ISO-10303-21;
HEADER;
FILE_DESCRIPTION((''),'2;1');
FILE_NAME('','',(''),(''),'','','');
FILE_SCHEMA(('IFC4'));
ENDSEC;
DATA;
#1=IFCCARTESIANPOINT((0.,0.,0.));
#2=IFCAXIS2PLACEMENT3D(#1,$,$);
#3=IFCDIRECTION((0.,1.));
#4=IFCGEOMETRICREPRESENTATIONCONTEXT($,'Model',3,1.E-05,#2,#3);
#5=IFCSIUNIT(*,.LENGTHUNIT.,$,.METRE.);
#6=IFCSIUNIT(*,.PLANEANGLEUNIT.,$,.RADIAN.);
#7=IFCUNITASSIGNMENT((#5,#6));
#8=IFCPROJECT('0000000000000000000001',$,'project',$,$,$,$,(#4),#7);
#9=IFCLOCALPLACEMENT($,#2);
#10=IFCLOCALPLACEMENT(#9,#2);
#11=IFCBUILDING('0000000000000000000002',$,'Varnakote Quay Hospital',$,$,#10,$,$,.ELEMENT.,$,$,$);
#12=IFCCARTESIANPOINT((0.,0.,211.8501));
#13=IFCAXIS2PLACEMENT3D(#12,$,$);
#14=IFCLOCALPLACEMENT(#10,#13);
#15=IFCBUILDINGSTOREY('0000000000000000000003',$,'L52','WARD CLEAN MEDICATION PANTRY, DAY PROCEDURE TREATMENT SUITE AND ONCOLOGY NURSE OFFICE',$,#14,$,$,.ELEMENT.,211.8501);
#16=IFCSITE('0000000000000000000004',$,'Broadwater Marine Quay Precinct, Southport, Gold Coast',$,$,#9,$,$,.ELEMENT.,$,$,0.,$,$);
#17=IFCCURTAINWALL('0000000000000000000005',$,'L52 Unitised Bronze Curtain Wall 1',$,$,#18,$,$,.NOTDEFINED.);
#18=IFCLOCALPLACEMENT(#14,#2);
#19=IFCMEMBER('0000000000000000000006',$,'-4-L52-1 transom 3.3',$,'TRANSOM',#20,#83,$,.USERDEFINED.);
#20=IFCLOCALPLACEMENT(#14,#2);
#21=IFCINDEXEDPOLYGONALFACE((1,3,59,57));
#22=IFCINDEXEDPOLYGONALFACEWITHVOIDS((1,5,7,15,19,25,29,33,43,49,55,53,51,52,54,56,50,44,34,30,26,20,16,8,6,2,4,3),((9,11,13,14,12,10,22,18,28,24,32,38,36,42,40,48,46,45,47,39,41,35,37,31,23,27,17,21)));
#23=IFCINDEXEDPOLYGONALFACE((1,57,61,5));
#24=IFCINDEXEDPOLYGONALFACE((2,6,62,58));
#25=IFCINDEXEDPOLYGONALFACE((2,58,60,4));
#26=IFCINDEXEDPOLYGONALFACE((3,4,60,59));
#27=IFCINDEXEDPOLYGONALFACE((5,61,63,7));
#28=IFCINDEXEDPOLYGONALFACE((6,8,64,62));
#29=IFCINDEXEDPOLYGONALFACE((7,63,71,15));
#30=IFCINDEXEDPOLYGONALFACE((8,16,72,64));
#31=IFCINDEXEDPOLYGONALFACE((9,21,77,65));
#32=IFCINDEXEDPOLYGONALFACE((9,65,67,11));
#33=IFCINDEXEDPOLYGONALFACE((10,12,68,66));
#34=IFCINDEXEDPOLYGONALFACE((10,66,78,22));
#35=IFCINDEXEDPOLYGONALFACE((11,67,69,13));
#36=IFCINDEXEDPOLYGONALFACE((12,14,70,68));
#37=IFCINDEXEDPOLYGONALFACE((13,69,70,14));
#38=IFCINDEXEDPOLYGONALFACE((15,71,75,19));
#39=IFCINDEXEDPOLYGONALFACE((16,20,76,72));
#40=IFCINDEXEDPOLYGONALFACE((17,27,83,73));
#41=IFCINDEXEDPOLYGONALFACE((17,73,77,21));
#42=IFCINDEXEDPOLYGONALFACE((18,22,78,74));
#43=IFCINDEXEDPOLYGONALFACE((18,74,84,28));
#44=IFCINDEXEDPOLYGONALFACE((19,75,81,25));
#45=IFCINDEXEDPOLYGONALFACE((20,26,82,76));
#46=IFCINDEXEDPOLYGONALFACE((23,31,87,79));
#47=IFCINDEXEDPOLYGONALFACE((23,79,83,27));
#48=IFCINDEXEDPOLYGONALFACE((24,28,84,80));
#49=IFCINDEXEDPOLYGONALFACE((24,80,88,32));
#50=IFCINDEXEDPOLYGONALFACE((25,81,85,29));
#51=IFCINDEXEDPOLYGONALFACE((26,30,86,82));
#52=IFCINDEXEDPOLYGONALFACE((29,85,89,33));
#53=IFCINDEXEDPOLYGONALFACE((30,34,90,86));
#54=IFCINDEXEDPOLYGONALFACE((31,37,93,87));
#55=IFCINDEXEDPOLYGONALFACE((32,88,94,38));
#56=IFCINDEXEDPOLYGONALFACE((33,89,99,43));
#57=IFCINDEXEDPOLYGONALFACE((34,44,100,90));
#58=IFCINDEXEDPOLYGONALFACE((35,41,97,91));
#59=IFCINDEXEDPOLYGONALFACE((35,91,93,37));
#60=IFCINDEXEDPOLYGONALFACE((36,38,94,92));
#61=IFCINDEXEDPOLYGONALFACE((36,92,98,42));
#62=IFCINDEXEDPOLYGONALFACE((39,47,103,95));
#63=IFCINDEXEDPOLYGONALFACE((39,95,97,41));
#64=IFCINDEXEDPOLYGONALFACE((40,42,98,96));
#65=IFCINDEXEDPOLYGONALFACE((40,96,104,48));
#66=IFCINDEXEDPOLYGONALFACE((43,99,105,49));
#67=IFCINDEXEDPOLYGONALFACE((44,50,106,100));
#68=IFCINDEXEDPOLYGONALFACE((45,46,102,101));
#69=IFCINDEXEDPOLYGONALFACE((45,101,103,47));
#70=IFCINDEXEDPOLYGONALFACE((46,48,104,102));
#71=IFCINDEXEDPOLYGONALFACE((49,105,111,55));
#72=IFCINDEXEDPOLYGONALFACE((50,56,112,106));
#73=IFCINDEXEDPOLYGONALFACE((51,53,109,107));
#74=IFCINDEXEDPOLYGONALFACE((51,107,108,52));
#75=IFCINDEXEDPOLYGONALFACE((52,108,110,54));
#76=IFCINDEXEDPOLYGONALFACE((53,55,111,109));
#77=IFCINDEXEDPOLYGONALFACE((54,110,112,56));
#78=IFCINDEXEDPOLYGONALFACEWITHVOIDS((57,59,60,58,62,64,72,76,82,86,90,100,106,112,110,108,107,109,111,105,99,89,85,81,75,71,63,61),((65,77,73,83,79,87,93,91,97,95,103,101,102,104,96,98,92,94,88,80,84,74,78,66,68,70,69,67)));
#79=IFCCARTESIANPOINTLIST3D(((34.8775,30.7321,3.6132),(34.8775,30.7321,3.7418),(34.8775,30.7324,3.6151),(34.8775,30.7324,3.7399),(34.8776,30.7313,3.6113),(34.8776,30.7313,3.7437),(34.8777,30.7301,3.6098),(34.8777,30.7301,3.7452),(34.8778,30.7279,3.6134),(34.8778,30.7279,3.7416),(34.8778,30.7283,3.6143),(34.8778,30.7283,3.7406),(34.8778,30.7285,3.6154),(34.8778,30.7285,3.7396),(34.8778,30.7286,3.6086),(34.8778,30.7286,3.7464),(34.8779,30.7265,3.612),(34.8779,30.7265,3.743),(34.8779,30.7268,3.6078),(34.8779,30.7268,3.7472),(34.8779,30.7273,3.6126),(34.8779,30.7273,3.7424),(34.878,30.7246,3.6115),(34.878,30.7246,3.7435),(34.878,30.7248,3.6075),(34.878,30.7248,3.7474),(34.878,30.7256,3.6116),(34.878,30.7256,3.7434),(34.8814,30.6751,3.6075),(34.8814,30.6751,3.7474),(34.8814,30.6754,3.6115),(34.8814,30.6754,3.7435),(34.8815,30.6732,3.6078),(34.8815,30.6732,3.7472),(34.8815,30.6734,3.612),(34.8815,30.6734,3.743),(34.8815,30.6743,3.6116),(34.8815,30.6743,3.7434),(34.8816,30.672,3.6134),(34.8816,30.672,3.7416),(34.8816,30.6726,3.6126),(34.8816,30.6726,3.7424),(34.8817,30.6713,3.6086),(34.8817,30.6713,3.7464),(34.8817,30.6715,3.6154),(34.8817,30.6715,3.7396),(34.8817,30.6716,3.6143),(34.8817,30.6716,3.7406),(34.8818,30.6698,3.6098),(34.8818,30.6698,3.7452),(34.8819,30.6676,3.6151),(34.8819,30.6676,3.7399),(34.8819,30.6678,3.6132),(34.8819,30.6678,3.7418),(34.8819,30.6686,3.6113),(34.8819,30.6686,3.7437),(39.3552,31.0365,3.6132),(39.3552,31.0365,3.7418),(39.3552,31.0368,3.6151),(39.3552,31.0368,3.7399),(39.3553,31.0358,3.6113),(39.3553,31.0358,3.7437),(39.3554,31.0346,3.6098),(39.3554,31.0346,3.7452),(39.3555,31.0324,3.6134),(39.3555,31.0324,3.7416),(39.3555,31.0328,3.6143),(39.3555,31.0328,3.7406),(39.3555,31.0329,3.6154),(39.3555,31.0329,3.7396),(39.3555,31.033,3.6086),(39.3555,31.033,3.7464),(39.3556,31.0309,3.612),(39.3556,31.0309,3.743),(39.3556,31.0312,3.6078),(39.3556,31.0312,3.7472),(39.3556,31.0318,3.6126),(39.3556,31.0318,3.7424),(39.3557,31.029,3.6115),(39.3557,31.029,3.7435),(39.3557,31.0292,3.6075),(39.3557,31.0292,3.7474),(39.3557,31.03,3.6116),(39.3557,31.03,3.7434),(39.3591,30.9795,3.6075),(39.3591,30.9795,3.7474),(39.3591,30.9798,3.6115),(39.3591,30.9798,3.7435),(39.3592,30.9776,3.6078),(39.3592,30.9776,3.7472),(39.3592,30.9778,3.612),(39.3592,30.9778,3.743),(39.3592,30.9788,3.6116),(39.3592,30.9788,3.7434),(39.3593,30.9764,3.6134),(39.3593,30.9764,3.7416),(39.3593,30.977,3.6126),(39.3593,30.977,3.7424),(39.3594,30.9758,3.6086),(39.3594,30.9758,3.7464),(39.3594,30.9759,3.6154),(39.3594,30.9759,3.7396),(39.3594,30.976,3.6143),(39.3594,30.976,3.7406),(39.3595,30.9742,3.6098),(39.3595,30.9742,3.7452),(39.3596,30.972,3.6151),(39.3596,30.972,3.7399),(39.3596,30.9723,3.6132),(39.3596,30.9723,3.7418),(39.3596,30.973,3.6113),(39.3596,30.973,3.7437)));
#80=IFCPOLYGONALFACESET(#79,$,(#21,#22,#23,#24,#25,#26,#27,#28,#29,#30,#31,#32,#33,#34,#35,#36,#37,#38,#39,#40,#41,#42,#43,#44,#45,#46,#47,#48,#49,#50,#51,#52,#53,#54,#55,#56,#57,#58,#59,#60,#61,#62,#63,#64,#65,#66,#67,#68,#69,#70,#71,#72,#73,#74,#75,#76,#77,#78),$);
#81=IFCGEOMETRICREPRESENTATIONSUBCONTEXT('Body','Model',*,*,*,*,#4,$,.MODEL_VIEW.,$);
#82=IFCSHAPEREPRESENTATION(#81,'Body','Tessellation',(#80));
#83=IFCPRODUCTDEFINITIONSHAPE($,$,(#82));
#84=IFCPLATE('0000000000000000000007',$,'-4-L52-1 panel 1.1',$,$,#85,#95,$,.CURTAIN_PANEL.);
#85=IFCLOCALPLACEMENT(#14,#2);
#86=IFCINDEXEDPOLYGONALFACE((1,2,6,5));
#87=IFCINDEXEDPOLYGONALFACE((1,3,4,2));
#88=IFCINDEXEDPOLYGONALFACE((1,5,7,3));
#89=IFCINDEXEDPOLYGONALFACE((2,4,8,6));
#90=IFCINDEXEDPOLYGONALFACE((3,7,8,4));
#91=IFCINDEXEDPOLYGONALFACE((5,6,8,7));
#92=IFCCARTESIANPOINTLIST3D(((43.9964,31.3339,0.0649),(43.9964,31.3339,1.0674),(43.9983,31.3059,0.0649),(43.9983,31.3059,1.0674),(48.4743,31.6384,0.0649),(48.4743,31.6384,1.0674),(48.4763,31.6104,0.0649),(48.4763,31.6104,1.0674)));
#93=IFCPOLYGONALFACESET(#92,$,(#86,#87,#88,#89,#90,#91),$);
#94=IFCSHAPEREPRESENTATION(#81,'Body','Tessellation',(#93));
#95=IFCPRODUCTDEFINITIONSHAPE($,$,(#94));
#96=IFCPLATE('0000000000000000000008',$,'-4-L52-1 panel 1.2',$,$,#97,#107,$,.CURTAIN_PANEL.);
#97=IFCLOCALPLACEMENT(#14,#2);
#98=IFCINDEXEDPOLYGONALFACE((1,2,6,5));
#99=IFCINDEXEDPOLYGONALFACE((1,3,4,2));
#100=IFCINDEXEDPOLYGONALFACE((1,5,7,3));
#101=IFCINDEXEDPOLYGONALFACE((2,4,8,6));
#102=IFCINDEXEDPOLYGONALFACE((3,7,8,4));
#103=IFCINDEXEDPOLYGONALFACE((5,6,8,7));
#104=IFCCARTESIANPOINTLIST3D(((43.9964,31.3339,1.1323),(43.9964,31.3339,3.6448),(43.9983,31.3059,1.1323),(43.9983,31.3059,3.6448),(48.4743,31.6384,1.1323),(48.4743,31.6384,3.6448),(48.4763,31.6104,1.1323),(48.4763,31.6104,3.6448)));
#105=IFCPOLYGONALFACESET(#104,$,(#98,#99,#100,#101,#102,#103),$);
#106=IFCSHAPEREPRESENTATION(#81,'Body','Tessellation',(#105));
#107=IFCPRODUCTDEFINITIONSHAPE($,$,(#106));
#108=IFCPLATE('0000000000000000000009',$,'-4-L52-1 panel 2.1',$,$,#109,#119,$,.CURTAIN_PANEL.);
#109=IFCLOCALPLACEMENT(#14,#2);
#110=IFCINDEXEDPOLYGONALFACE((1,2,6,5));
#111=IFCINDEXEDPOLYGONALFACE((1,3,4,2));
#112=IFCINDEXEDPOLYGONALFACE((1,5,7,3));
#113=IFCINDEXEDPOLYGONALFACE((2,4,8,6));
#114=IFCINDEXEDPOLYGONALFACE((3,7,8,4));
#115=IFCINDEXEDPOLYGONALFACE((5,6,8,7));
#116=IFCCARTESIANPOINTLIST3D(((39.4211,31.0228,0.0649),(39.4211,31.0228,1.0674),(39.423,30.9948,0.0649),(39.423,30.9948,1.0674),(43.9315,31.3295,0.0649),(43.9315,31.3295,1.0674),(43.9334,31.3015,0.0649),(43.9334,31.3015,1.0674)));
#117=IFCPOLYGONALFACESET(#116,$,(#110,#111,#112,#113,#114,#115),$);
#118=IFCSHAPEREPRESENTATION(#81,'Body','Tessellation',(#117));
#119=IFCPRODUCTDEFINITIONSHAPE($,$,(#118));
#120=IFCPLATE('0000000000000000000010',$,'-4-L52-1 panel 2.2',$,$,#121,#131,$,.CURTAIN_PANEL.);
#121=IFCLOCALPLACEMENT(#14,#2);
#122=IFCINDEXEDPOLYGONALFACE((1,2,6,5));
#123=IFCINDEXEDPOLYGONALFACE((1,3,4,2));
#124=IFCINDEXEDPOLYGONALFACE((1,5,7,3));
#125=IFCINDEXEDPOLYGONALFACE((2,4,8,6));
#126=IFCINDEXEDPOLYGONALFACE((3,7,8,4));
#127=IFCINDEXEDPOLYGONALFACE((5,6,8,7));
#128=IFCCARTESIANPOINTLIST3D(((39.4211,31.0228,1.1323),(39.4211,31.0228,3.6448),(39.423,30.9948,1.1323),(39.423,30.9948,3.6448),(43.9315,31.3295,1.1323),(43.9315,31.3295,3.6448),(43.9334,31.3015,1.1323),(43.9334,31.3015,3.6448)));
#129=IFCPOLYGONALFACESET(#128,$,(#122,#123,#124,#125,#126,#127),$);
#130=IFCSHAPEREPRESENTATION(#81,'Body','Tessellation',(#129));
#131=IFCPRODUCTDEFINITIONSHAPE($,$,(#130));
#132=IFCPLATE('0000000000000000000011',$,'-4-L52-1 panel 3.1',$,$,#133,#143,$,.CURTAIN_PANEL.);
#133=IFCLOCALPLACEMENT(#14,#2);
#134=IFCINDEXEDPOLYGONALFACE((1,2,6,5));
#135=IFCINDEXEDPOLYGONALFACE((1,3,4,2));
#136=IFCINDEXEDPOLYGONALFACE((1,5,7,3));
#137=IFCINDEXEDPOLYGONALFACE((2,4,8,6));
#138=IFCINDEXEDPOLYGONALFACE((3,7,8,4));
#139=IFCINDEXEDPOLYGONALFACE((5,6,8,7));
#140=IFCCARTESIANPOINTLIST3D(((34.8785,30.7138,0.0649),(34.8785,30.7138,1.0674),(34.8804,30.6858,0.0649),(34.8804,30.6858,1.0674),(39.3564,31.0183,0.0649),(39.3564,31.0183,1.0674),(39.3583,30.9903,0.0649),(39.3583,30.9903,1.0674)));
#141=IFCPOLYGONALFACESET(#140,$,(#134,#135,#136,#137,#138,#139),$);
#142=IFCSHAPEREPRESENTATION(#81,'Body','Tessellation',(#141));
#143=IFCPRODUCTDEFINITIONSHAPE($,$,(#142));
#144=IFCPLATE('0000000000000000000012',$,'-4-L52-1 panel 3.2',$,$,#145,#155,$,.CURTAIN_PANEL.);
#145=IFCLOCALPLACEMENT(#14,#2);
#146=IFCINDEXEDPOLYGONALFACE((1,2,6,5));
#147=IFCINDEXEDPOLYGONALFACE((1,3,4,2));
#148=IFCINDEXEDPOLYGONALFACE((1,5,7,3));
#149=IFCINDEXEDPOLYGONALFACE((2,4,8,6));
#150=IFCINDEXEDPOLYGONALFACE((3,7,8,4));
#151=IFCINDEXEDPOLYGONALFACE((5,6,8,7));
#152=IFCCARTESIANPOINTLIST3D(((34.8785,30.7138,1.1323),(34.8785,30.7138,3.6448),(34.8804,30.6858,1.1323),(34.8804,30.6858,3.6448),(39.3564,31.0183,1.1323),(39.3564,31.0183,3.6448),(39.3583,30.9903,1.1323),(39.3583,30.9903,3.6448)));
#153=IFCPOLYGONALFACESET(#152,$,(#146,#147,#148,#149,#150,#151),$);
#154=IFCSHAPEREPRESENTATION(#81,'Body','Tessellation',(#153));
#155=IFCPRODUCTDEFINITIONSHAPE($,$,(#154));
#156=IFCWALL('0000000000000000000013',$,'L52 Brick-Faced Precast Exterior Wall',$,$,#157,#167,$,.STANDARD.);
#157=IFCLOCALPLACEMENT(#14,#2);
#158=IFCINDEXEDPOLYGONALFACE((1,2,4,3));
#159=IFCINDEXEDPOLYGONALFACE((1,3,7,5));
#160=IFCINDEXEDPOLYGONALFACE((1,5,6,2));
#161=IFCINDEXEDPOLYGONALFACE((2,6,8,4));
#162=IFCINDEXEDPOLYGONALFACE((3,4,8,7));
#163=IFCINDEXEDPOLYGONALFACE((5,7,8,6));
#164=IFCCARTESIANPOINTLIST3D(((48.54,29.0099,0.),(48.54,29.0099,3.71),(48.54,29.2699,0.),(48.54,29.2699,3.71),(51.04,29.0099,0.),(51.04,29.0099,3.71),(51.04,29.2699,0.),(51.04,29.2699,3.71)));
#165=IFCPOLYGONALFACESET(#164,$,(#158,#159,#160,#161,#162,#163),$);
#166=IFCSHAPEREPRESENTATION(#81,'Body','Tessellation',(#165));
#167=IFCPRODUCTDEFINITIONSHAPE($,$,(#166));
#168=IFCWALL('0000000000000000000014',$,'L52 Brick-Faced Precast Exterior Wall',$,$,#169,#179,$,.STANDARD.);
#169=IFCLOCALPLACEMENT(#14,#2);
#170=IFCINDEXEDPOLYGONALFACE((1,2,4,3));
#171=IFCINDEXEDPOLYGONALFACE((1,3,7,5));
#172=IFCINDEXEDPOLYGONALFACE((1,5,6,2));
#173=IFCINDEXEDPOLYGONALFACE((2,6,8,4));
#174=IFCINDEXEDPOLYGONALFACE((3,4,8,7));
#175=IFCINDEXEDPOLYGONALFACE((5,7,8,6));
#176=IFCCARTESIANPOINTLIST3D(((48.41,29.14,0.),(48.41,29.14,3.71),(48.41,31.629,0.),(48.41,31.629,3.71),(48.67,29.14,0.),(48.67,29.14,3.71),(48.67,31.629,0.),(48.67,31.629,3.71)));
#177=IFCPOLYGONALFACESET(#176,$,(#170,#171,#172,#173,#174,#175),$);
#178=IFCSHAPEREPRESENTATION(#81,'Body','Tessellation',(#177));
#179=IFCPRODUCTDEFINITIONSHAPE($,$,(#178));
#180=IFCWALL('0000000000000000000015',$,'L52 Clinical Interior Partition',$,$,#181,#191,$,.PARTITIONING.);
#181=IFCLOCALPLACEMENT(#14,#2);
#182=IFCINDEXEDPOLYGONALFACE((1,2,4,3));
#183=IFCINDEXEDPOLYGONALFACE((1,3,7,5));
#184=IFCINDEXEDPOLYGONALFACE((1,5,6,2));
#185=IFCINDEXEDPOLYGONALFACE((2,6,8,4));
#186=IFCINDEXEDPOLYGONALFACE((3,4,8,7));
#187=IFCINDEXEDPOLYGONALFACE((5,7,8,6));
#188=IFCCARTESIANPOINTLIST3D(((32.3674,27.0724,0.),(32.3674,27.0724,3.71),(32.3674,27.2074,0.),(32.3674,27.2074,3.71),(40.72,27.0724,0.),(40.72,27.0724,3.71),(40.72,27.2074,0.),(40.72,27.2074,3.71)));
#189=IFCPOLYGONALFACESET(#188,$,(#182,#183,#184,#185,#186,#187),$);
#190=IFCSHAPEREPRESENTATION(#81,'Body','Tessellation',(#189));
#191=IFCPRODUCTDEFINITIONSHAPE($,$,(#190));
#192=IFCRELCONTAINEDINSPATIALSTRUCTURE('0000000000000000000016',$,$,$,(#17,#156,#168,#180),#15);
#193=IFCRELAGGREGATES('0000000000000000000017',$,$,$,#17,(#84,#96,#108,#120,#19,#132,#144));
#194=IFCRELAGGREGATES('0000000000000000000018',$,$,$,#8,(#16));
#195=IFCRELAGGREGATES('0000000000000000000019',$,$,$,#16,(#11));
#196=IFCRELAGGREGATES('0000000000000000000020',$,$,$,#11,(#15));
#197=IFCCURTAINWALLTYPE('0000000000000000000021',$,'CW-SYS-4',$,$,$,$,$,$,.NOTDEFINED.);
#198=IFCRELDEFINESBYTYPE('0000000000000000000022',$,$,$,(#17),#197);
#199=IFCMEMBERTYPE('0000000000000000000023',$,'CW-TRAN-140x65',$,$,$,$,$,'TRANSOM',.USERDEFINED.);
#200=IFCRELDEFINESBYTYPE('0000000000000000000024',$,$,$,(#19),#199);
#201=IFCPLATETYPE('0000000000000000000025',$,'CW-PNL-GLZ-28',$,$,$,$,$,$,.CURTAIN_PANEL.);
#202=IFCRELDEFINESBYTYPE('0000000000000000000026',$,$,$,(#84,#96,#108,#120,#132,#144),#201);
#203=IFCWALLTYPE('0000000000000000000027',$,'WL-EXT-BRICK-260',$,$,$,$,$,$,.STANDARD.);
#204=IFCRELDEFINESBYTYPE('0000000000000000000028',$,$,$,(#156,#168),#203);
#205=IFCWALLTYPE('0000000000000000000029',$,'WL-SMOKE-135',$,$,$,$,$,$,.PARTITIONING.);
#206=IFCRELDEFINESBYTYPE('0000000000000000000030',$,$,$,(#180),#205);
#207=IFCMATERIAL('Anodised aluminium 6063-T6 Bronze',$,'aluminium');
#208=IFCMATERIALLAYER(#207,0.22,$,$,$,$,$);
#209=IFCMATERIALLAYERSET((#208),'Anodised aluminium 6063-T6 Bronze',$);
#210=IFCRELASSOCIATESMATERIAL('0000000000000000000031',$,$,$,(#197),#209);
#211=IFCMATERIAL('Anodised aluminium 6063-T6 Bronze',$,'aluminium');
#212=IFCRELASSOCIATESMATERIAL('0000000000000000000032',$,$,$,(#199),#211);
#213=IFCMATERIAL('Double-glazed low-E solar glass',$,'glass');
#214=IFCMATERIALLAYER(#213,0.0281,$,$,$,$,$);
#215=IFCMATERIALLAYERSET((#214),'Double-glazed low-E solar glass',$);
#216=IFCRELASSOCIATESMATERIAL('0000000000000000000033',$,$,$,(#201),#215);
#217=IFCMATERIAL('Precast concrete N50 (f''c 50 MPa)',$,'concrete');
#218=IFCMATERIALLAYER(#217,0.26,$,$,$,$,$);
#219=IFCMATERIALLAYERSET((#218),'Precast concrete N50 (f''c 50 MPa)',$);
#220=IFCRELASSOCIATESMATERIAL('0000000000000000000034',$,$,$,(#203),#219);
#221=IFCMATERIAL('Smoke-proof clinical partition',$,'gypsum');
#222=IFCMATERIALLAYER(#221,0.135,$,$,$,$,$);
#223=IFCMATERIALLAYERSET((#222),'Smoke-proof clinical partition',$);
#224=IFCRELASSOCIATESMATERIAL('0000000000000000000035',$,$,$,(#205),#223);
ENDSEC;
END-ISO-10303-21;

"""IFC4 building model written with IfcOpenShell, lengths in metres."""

from ifc_helpers import new_model, si_unit, direction, frame, frame_2d, origin, origin_2d, place, context, subcontext, project, spatial, rectangle, hollow_rectangle, extrude, material, layer, layer_set, material_profile, profile_set, type_object, element, aggregate, save


model = new_model("IFC4")

# Units and contexts
model_context = context("Model", 3, precision=1e-05, world=origin(), true_north=direction((0.0, 1.0)))
body_context = subcontext(model_context, "Body", "Model", "MODEL_VIEW")
ifc_project = project(units=[si_unit("LENGTHUNIT", "METRE"), si_unit("PLANEANGLEUNIT", "RADIAN")], contexts=[model_context])

# Site, building, storey
site_placement = place(None, origin())
site = spatial("IfcSite", under=ifc_project, at=site_placement, Name="Broadwater Marine Quay Precinct, Southport, Gold Coast", CompositionType="ELEMENT", RefElevation=0.0)
building_placement = place(site_placement, origin())
building = spatial("IfcBuilding", under=site, at=building_placement, Name="Varnakote Quay Hospital", CompositionType="ELEMENT")
storey_placement = place(building_placement, frame((0.0, 0.0, 211.8501)))
storey = spatial("IfcBuildingStorey", under=building, at=storey_placement, Name="L52", Description="WARD CLEAN MEDICATION PANTRY, DAY PROCEDURE TREATMENT SUITE AND ONCOLOGY NURSE OFFICE", CompositionType="ELEMENT", Elevation=211.8501)

# Curtain wall, member, plates
ifc_material_1 = material(Name="Anodised aluminium 6063-T6 Bronze", Category="aluminium")
ifc_layer_1 = layer(ifc_material_1, 0.22)
ifc_layer_set_1 = layer_set([ifc_layer_1], Name="Anodised aluminium 6063-T6 Bronze")
curtain_wall_type = type_object("IfcCurtainWallType", Name="CW-SYS-4", PredefinedType="NOTDEFINED", material=ifc_layer_set_1)
curtain_wall_placement = place(storey_placement, origin())
curtain_wall = element("IfcCurtainWall", 1, at=curtain_wall_placement, inside=storey, type_object=curtain_wall_type, Name="L52 Unitised Bronze Curtain Wall 1", PredefinedType="NOTDEFINED")
ifc_material_2 = material(Name="Anodised aluminium 6063-T6 Bronze", Category="aluminium")
ifc_material_profile_1 = material_profile(ifc_material_2, hollow_rectangle(XDim=0.0649, YDim=0.1399, WallThickness=0.0039, InnerFilletRadius=0.0039, OuterFilletRadius=0.0076, at=origin_2d()), Name="CW-TRAN-140x65")
ifc_profile_set_1 = profile_set([ifc_material_profile_1], Name="Anodised aluminium 6063-T6 Bronze")
member_type_1 = type_object("IfcMemberType", Name="CW-TRAN-140x65", ElementType="TRANSOM", PredefinedType="USERDEFINED", material=ifc_profile_set_1)
member_1_placement = place(storey_placement, frame((39.3574, 31.0044, 3.6775), z_axis=(-0.997697, -0.067833, 0.0), x_axis=(0.067833, -0.997697, 0.0)))
member_1 = element("IfcMember", 2, at=member_1_placement, type_object=member_type_1, Name="-4-L52-1 transom 3.3", ObjectType="TRANSOM", PredefinedType="USERDEFINED", context=body_context, shape_type="SweptSolid", body=[
    extrude(hollow_rectangle(XDim=0.0649, YDim=0.1399, WallThickness=0.0039, InnerFilletRadius=0.0039, OuterFilletRadius=0.0076, at=origin_2d()), origin(), (0.0, 0.0, 1.0), 4.488),
])
ifc_material_3 = material(Name="Double-glazed low-E solar glass", Category="glass")
ifc_layer_2 = layer(ifc_material_3, 0.0281)
ifc_layer_set_2 = layer_set([ifc_layer_2], Name="Double-glazed low-E solar glass")
plate_type = type_object("IfcPlateType", Name="CW-PNL-GLZ-28", PredefinedType="CURTAIN_PANEL", material=ifc_layer_set_2)
plate_1_placement = place(storey_placement, frame((46.2363, 31.4722, 0.0649), z_axis=(0.0, 0.0, 1.0), x_axis=(-0.997696, -0.067842, 0.0)))
plate_1 = element("IfcPlate", 3, at=plate_1_placement, type_object=plate_type, Name="-4-L52-1 panel 1.1", PredefinedType="CURTAIN_PANEL", context=body_context, shape_type="SweptSolid", body=[
    extrude(rectangle(XDim=4.4883, YDim=0.0281, at=origin_2d()), origin(), (0.0, 0.0, 1.0), 1.0024),
])
plate_2_placement = place(storey_placement, frame((46.2363, 31.4722, 1.1323), z_axis=(0.0, 0.0, 1.0), x_axis=(-0.997696, -0.067842, 0.0)))
plate_2 = element("IfcPlate", 4, at=plate_2_placement, type_object=plate_type, Name="-4-L52-1 panel 1.2", PredefinedType="CURTAIN_PANEL", context=body_context, shape_type="SweptSolid", body=[
    extrude(rectangle(XDim=4.4883, YDim=0.0281, at=origin_2d()), origin(), (0.0, 0.0, 1.0), 2.5125),
])
plate_3_placement = place(storey_placement, frame((41.6772, 31.1621, 0.0649), z_axis=(0.0, 0.0, 1.0), x_axis=(-0.997696, -0.067842, 0.0)))
plate_3 = element("IfcPlate", 5, at=plate_3_placement, type_object=plate_type, Name="-4-L52-1 panel 2.1", PredefinedType="CURTAIN_PANEL", context=body_context, shape_type="SweptSolid", body=[
    extrude(rectangle(XDim=4.5208, YDim=0.0281, at=origin_2d()), origin(), (0.0, 0.0, 1.0), 1.0024),
])
plate_4_placement = place(storey_placement, frame((41.6772, 31.1621, 1.1323), z_axis=(0.0, 0.0, 1.0), x_axis=(-0.997696, -0.067842, 0.0)))
plate_4 = element("IfcPlate", 6, at=plate_4_placement, type_object=plate_type, Name="-4-L52-1 panel 2.2", PredefinedType="CURTAIN_PANEL", context=body_context, shape_type="SweptSolid", body=[
    extrude(rectangle(XDim=4.5208, YDim=0.0281, at=origin_2d()), origin(), (0.0, 0.0, 1.0), 2.5125),
])
plate_5_placement = place(storey_placement, frame((37.1184, 30.8521, 0.0649), z_axis=(0.0, 0.0, 1.0), x_axis=(-0.997696, -0.067842, 0.0)))
plate_5 = element("IfcPlate", 7, at=plate_5_placement, type_object=plate_type, Name="-4-L52-1 panel 3.1", PredefinedType="CURTAIN_PANEL", context=body_context, shape_type="SweptSolid", body=[
    extrude(rectangle(XDim=4.4883, YDim=0.0281, at=origin_2d()), origin(), (0.0, 0.0, 1.0), 1.0024),
])
plate_6_placement = place(storey_placement, frame((37.1184, 30.8521, 1.1323), z_axis=(0.0, 0.0, 1.0), x_axis=(-0.997696, -0.067842, 0.0)))
plate_6 = element("IfcPlate", 8, at=plate_6_placement, type_object=plate_type, Name="-4-L52-1 panel 3.2", PredefinedType="CURTAIN_PANEL", context=body_context, shape_type="SweptSolid", body=[
    extrude(rectangle(XDim=4.4883, YDim=0.0281, at=origin_2d()), origin(), (0.0, 0.0, 1.0), 2.5125),
])
aggregate(curtain_wall, [plate_1, plate_2, plate_3, plate_4, member_1, plate_5, plate_6])

# Walls
ifc_material_4 = material(Name="Precast concrete N50 (f'c 50 MPa)", Category="concrete")
ifc_layer_3 = layer(ifc_material_4, 0.26)
ifc_layer_set_3 = layer_set([ifc_layer_3], Name="Precast concrete N50 (f'c 50 MPa)")
wall_type_1 = type_object("IfcWallType", Name="WL-EXT-BRICK-260", PredefinedType="STANDARD", material=ifc_layer_set_3)
wall_1_placement = place(storey_placement, frame((51.04, 29.1399, 0.0), z_axis=(0.0, 0.0, 1.0), x_axis=(-1.0, 0.0, 0.0)))
element("IfcWall", 9, at=wall_1_placement, inside=storey, type_object=wall_type_1, Name="L52 Brick-Faced Precast Exterior Wall", PredefinedType="STANDARD", context=body_context, shape_type="SweptSolid", body=[
    extrude(rectangle(XDim=2.5, YDim=0.26, at=frame_2d((1.25, 0.0))), origin(), (0.0, 0.0, 1.0), 3.71),
])
wall_2_placement = place(storey_placement, frame((48.54, 29.1399, 0.0), z_axis=(0.0, 0.0, 1.0), x_axis=(0.0, 1.0, 0.0)))
element("IfcWall", 10, at=wall_2_placement, inside=storey, type_object=wall_type_1, Name="L52 Brick-Faced Precast Exterior Wall", PredefinedType="STANDARD", context=body_context, shape_type="SweptSolid", body=[
    extrude(rectangle(XDim=2.489, YDim=0.26, at=frame_2d((1.2446, 0.0))), origin(), (0.0, 0.0, 1.0), 3.71),
])
ifc_material_5 = material(Name="Smoke-proof clinical partition", Category="gypsum")
ifc_layer_4 = layer(ifc_material_5, 0.135)
ifc_layer_set_4 = layer_set([ifc_layer_4], Name="Smoke-proof clinical partition")
wall_type_2 = type_object("IfcWallType", Name="WL-SMOKE-135", PredefinedType="PARTITIONING", material=ifc_layer_set_4)
wall_3_placement = place(storey_placement, frame((40.72, 27.1399, 0.0), z_axis=(0.0, 0.0, 1.0), x_axis=(-1.0, 0.0, 0.0)))
element("IfcWall", 11, at=wall_3_placement, inside=storey, type_object=wall_type_2, Name="L52 Clinical Interior Partition", PredefinedType="PARTITIONING", context=body_context, shape_type="SweptSolid", body=[
    extrude(rectangle(XDim=8.3525, YDim=0.135, at=frame_2d((4.1763, 0.0))), origin(), (0.0, 0.0, 1.0), 3.71),
])

save(model, "model.ifc")
